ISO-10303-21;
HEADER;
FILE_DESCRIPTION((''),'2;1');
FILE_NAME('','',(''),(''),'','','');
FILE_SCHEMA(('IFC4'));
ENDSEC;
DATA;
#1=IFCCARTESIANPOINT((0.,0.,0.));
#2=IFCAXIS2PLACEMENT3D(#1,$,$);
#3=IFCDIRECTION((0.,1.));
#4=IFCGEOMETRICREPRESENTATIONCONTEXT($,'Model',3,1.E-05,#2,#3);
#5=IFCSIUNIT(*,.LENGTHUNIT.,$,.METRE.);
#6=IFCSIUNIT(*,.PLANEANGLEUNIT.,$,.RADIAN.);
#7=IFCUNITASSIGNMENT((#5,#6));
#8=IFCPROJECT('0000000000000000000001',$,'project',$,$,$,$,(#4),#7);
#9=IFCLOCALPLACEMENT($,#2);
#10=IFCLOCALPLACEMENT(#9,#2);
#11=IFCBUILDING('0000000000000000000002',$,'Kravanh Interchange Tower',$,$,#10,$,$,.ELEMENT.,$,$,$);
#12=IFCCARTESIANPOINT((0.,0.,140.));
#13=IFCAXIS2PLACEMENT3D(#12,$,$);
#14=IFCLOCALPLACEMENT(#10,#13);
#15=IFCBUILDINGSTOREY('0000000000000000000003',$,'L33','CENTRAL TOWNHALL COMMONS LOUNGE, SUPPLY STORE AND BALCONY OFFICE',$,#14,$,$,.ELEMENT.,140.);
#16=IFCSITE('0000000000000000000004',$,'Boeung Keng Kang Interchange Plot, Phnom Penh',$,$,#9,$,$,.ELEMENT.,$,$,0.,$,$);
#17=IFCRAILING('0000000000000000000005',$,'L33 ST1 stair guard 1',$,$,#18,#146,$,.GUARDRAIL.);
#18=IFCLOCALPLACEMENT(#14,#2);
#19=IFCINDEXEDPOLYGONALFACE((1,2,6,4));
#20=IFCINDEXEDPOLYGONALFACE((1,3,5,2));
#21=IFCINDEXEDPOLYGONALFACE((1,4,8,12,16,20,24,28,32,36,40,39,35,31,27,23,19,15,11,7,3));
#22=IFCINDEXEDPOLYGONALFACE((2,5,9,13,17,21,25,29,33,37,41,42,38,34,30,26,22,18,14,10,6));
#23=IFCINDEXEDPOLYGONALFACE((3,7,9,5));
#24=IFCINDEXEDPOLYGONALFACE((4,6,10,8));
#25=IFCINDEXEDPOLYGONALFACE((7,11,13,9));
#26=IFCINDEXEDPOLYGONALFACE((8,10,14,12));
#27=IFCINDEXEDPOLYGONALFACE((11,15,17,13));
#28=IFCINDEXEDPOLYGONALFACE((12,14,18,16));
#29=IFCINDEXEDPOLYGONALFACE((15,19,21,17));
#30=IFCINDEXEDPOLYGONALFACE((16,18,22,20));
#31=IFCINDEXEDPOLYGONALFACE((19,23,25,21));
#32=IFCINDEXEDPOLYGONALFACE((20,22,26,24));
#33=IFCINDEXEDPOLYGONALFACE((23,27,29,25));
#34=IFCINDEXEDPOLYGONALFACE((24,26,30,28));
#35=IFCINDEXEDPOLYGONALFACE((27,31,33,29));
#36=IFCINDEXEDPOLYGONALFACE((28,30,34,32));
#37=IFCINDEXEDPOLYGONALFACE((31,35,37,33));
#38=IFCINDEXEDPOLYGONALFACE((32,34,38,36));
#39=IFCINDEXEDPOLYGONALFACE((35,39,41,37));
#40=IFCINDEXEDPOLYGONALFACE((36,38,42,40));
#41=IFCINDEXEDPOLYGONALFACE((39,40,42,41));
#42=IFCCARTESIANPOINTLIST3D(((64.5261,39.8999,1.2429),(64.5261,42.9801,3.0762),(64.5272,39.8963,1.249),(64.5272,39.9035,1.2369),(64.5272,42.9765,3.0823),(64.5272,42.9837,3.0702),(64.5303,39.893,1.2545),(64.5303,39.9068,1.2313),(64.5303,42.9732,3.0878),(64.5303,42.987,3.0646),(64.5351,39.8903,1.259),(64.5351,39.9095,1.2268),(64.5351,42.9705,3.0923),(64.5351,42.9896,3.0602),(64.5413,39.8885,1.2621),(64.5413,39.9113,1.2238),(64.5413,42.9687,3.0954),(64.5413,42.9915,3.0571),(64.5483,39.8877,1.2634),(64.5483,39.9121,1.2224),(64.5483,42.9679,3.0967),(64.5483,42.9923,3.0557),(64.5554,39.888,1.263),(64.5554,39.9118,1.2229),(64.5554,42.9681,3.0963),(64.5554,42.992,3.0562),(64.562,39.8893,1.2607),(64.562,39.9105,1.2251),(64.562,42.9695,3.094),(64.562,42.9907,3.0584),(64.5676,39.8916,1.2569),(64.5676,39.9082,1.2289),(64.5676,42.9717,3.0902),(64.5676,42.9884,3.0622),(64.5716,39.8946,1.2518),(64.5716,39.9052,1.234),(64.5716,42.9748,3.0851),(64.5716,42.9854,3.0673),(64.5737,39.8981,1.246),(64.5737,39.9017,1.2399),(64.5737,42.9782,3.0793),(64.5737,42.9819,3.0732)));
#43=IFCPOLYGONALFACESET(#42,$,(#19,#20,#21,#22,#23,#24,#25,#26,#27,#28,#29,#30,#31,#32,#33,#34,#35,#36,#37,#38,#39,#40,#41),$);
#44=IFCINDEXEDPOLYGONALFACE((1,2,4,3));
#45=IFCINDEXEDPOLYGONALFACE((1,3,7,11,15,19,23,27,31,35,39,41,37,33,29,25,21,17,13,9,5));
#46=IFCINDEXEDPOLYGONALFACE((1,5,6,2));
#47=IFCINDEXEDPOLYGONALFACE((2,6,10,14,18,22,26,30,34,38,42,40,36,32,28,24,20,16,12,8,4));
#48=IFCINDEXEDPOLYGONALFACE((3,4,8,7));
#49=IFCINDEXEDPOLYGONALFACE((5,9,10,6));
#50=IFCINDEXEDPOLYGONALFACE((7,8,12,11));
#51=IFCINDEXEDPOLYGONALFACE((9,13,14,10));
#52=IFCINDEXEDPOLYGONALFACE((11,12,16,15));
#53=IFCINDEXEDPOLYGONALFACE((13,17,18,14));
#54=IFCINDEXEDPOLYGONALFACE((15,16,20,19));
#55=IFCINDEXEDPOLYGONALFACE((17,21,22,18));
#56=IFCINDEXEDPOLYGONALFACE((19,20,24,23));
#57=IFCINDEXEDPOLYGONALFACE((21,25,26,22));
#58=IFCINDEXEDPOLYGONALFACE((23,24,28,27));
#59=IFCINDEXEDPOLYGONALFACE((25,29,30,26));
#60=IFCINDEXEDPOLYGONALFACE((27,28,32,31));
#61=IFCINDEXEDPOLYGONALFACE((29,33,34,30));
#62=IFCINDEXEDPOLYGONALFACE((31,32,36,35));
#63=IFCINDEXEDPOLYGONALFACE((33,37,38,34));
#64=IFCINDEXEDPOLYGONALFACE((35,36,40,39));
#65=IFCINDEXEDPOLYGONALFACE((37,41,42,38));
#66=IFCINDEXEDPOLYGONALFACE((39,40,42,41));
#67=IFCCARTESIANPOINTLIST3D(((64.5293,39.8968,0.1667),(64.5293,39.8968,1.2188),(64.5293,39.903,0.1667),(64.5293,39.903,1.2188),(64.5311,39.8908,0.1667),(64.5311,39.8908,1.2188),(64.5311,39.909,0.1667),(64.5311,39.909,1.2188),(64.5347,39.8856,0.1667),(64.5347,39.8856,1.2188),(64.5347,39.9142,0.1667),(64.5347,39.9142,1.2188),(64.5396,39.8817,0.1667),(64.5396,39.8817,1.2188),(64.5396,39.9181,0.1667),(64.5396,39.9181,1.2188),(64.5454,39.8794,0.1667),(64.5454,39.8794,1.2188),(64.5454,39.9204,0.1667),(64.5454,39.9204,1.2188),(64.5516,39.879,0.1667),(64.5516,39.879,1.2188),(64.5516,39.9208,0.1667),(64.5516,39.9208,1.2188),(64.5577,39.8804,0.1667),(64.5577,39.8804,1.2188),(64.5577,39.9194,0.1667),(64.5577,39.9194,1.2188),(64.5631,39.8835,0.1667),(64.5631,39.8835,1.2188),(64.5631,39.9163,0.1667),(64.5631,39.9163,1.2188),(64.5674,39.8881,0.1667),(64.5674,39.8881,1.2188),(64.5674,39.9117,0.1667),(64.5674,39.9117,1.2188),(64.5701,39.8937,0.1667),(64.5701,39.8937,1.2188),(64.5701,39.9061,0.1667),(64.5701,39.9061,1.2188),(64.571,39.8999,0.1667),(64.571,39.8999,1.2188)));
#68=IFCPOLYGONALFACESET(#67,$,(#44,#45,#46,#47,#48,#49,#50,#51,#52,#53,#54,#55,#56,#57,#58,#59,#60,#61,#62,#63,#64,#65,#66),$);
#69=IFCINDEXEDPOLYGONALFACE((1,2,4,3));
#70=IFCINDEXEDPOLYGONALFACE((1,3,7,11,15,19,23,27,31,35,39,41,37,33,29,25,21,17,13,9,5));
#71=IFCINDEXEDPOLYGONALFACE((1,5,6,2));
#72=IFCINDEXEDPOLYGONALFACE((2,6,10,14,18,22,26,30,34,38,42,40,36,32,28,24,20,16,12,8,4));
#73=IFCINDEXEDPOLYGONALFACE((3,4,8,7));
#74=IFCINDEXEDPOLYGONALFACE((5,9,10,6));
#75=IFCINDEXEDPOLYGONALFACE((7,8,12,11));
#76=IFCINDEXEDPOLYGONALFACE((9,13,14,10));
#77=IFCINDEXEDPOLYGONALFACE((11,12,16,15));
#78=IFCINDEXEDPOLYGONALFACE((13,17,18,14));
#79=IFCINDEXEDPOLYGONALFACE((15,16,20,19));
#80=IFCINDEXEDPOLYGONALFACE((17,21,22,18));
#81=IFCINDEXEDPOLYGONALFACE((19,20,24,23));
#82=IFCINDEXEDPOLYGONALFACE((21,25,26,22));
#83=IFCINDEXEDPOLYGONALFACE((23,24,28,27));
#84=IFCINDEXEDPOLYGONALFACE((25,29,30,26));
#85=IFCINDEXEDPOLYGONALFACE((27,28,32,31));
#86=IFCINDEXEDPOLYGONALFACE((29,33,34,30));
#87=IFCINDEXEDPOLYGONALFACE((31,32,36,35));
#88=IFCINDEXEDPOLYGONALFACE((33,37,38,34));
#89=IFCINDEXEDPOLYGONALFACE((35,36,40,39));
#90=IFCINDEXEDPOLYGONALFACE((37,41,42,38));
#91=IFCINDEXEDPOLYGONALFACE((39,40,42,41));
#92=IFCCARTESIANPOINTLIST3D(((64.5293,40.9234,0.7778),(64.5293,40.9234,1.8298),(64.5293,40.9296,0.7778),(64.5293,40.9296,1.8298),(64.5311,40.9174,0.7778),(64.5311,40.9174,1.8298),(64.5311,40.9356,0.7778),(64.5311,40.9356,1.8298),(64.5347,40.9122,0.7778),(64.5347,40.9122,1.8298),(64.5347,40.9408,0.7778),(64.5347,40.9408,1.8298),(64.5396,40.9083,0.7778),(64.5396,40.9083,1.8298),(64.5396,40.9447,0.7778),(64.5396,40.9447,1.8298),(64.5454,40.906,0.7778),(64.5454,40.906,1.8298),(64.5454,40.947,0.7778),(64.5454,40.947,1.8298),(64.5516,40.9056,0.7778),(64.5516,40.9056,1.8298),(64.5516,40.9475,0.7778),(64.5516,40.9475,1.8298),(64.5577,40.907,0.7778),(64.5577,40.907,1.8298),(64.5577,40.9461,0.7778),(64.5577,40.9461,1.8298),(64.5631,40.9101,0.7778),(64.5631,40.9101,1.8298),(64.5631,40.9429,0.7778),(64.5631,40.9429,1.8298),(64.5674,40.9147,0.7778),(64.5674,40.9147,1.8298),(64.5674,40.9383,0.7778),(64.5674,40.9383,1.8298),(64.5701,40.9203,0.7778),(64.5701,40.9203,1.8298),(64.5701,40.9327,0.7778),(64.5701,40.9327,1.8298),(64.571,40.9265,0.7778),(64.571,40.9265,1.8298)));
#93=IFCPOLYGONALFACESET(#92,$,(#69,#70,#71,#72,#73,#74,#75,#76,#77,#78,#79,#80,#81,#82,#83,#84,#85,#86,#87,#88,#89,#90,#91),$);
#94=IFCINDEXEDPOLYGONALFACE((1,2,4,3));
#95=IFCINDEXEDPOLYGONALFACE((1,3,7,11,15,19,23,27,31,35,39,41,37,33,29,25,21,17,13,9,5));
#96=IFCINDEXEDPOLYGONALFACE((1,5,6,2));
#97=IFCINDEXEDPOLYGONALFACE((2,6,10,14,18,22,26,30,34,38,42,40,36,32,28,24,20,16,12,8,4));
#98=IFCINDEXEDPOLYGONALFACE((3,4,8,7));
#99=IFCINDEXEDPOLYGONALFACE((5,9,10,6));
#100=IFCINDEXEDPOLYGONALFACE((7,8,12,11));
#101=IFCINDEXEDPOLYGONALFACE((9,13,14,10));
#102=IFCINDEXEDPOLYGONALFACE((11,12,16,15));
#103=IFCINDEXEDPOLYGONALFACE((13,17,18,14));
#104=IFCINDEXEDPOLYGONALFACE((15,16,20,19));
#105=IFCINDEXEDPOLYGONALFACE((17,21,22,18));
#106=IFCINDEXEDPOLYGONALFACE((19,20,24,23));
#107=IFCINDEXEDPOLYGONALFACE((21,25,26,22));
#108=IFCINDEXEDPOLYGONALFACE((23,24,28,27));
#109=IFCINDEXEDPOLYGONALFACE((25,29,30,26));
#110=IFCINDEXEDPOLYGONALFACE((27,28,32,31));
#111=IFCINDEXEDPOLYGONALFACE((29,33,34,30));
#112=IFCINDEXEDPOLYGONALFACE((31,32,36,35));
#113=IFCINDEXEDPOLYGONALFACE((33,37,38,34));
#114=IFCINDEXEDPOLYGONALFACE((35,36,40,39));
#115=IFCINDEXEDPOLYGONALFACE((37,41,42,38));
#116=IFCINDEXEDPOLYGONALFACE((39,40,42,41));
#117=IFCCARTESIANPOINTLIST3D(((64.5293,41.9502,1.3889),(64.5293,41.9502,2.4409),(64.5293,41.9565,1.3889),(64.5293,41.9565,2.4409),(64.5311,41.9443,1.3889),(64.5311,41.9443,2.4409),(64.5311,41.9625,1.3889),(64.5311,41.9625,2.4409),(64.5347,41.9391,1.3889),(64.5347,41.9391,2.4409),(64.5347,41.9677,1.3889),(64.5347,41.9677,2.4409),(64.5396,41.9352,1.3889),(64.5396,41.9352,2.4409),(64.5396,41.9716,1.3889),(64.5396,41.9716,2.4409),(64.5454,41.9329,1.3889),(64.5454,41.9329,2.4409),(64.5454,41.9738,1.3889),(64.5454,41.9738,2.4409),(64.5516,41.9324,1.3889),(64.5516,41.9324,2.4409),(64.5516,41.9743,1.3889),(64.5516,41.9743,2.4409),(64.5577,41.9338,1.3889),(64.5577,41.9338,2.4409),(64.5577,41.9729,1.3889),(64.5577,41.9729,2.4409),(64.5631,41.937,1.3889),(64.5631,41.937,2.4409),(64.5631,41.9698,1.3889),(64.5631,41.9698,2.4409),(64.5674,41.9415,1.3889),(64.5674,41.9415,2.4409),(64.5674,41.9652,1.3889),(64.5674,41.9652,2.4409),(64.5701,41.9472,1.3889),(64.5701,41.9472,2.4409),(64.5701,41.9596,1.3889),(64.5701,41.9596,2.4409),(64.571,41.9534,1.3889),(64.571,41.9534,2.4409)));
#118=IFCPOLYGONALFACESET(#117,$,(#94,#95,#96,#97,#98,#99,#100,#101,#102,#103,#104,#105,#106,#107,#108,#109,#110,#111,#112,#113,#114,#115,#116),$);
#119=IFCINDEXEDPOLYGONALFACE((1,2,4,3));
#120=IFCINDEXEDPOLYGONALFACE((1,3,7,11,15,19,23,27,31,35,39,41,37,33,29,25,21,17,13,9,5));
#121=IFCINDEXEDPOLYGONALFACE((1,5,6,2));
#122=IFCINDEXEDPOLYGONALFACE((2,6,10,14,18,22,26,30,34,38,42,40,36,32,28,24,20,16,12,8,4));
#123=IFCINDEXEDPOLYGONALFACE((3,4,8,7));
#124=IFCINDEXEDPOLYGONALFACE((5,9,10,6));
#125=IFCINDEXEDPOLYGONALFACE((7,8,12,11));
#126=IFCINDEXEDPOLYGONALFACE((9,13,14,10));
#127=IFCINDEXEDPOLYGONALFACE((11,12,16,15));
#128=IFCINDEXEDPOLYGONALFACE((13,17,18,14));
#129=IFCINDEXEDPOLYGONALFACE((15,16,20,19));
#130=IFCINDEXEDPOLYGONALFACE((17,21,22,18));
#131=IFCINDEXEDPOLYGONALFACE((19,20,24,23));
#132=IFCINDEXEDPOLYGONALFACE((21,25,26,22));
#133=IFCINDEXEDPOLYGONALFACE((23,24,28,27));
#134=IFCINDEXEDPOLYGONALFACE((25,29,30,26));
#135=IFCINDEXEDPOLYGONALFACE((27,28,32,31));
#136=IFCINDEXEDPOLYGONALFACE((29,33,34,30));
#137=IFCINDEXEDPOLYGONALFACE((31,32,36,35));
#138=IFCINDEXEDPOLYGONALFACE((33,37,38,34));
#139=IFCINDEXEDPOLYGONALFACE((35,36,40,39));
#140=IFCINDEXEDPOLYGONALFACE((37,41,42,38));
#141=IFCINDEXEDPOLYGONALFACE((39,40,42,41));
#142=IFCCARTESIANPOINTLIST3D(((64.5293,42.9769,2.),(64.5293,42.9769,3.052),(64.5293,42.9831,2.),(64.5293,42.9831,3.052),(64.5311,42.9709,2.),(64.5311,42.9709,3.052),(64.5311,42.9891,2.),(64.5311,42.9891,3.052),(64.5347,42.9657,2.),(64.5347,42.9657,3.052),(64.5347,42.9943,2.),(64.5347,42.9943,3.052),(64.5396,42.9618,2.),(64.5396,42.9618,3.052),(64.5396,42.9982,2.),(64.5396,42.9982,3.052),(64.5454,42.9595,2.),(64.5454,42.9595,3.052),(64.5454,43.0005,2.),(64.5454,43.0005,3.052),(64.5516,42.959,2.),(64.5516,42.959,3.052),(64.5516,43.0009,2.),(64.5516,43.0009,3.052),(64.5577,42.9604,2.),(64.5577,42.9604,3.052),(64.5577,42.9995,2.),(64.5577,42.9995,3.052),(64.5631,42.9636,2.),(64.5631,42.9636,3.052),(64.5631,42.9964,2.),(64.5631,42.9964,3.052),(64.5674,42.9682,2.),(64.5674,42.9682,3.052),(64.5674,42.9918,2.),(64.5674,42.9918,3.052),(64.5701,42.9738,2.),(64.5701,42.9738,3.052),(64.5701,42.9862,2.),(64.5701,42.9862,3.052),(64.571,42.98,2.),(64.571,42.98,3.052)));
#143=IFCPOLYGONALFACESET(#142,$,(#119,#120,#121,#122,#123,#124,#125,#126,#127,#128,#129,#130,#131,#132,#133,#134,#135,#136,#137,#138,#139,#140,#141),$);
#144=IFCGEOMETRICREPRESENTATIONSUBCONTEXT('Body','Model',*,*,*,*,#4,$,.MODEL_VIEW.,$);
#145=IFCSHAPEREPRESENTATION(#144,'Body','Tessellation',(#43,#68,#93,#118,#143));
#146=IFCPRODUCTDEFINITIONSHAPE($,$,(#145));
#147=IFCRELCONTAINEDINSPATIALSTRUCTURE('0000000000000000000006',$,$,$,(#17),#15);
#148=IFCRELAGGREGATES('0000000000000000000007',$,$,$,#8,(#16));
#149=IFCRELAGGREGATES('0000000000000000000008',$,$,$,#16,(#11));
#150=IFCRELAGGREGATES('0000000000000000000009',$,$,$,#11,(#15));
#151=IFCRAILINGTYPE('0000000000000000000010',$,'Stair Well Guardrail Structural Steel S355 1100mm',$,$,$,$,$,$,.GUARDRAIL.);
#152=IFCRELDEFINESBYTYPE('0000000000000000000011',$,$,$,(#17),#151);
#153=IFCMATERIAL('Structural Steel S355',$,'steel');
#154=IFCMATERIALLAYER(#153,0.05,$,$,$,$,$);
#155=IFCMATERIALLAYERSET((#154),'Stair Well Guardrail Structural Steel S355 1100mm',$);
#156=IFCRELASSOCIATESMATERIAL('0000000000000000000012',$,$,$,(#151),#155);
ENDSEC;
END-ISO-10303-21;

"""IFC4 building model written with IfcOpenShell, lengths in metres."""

from ifc_helpers import new_model, si_unit, direction, frame, origin, origin_2d, place, context, subcontext, project, spatial, circle, extrude, material, layer, layer_set, type_object, element, save


model = new_model("IFC4")

# Units and contexts
model_context = context("Model", 3, precision=1e-05, world=origin(), true_north=direction((0.0, 1.0)))
body_context = subcontext(model_context, "Body", "Model", "MODEL_VIEW")
ifc_project = project(units=[si_unit("LENGTHUNIT", "METRE"), si_unit("PLANEANGLEUNIT", "RADIAN")], contexts=[model_context])

# Site, building, storey
site_placement = place(None, origin())
site = spatial("IfcSite", under=ifc_project, at=site_placement, Name="Boeung Keng Kang Interchange Plot, Phnom Penh", CompositionType="ELEMENT", RefElevation=0.0)
building_placement = place(site_placement, origin())
building = spatial("IfcBuilding", under=site, at=building_placement, Name="Kravanh Interchange Tower", CompositionType="ELEMENT")
storey_placement = place(building_placement, frame((0.0, 0.0, 140.0)))
storey = spatial("IfcBuildingStorey", under=building, at=storey_placement, Name="L33", Description="CENTRAL TOWNHALL COMMONS LOUNGE, SUPPLY STORE AND BALCONY OFFICE", CompositionType="ELEMENT", Elevation=140.0)

# Railing
ifc_material_1 = material(Name="Structural Steel S355", Category="steel")
ifc_layer_1 = layer(ifc_material_1, 0.05)
ifc_layer_set_1 = layer_set([ifc_layer_1], Name="Stair Well Guardrail Structural Steel S355 1100mm")
railing_type_1 = type_object("IfcRailingType", Name="Stair Well Guardrail Structural Steel S355 1100mm", PredefinedType="GUARDRAIL", material=ifc_layer_set_1)
railing_1_placement = place(storey_placement, frame((64.55, 39.8999, 0.1667)))
element("IfcRailing", 1, at=railing_1_placement, inside=storey, type_object=railing_type_1, Name="L33 ST1 stair guard 1", PredefinedType="GUARDRAIL", context=body_context, shape_type="SweptSolid", body=[
    extrude(circle(Radius=0.0239, at=origin_2d()), frame((0.0, 0.0, 1.0762), z_axis=(0.0, 0.859309, 0.511458), x_axis=(-1.0, 0.0, 0.0)), (0.0, 0.0, 1.0), 3.5845),
    extrude(circle(Radius=0.021, at=origin_2d()), origin(), (0.0, 0.0, 1.0), 1.052),
    extrude(circle(Radius=0.021, at=origin_2d()), frame((0.0, 1.0266, 0.6111)), (0.0, 0.0, 1.0), 1.052),
    extrude(circle(Radius=0.021, at=origin_2d()), frame((0.0, 2.0535, 1.2222)), (0.0, 0.0, 1.0), 1.052),
    extrude(circle(Radius=0.021, at=origin_2d()), frame((0.0, 3.0801, 1.8333)), (0.0, 0.0, 1.0), 1.052),
])

save(model, "model.ifc")
